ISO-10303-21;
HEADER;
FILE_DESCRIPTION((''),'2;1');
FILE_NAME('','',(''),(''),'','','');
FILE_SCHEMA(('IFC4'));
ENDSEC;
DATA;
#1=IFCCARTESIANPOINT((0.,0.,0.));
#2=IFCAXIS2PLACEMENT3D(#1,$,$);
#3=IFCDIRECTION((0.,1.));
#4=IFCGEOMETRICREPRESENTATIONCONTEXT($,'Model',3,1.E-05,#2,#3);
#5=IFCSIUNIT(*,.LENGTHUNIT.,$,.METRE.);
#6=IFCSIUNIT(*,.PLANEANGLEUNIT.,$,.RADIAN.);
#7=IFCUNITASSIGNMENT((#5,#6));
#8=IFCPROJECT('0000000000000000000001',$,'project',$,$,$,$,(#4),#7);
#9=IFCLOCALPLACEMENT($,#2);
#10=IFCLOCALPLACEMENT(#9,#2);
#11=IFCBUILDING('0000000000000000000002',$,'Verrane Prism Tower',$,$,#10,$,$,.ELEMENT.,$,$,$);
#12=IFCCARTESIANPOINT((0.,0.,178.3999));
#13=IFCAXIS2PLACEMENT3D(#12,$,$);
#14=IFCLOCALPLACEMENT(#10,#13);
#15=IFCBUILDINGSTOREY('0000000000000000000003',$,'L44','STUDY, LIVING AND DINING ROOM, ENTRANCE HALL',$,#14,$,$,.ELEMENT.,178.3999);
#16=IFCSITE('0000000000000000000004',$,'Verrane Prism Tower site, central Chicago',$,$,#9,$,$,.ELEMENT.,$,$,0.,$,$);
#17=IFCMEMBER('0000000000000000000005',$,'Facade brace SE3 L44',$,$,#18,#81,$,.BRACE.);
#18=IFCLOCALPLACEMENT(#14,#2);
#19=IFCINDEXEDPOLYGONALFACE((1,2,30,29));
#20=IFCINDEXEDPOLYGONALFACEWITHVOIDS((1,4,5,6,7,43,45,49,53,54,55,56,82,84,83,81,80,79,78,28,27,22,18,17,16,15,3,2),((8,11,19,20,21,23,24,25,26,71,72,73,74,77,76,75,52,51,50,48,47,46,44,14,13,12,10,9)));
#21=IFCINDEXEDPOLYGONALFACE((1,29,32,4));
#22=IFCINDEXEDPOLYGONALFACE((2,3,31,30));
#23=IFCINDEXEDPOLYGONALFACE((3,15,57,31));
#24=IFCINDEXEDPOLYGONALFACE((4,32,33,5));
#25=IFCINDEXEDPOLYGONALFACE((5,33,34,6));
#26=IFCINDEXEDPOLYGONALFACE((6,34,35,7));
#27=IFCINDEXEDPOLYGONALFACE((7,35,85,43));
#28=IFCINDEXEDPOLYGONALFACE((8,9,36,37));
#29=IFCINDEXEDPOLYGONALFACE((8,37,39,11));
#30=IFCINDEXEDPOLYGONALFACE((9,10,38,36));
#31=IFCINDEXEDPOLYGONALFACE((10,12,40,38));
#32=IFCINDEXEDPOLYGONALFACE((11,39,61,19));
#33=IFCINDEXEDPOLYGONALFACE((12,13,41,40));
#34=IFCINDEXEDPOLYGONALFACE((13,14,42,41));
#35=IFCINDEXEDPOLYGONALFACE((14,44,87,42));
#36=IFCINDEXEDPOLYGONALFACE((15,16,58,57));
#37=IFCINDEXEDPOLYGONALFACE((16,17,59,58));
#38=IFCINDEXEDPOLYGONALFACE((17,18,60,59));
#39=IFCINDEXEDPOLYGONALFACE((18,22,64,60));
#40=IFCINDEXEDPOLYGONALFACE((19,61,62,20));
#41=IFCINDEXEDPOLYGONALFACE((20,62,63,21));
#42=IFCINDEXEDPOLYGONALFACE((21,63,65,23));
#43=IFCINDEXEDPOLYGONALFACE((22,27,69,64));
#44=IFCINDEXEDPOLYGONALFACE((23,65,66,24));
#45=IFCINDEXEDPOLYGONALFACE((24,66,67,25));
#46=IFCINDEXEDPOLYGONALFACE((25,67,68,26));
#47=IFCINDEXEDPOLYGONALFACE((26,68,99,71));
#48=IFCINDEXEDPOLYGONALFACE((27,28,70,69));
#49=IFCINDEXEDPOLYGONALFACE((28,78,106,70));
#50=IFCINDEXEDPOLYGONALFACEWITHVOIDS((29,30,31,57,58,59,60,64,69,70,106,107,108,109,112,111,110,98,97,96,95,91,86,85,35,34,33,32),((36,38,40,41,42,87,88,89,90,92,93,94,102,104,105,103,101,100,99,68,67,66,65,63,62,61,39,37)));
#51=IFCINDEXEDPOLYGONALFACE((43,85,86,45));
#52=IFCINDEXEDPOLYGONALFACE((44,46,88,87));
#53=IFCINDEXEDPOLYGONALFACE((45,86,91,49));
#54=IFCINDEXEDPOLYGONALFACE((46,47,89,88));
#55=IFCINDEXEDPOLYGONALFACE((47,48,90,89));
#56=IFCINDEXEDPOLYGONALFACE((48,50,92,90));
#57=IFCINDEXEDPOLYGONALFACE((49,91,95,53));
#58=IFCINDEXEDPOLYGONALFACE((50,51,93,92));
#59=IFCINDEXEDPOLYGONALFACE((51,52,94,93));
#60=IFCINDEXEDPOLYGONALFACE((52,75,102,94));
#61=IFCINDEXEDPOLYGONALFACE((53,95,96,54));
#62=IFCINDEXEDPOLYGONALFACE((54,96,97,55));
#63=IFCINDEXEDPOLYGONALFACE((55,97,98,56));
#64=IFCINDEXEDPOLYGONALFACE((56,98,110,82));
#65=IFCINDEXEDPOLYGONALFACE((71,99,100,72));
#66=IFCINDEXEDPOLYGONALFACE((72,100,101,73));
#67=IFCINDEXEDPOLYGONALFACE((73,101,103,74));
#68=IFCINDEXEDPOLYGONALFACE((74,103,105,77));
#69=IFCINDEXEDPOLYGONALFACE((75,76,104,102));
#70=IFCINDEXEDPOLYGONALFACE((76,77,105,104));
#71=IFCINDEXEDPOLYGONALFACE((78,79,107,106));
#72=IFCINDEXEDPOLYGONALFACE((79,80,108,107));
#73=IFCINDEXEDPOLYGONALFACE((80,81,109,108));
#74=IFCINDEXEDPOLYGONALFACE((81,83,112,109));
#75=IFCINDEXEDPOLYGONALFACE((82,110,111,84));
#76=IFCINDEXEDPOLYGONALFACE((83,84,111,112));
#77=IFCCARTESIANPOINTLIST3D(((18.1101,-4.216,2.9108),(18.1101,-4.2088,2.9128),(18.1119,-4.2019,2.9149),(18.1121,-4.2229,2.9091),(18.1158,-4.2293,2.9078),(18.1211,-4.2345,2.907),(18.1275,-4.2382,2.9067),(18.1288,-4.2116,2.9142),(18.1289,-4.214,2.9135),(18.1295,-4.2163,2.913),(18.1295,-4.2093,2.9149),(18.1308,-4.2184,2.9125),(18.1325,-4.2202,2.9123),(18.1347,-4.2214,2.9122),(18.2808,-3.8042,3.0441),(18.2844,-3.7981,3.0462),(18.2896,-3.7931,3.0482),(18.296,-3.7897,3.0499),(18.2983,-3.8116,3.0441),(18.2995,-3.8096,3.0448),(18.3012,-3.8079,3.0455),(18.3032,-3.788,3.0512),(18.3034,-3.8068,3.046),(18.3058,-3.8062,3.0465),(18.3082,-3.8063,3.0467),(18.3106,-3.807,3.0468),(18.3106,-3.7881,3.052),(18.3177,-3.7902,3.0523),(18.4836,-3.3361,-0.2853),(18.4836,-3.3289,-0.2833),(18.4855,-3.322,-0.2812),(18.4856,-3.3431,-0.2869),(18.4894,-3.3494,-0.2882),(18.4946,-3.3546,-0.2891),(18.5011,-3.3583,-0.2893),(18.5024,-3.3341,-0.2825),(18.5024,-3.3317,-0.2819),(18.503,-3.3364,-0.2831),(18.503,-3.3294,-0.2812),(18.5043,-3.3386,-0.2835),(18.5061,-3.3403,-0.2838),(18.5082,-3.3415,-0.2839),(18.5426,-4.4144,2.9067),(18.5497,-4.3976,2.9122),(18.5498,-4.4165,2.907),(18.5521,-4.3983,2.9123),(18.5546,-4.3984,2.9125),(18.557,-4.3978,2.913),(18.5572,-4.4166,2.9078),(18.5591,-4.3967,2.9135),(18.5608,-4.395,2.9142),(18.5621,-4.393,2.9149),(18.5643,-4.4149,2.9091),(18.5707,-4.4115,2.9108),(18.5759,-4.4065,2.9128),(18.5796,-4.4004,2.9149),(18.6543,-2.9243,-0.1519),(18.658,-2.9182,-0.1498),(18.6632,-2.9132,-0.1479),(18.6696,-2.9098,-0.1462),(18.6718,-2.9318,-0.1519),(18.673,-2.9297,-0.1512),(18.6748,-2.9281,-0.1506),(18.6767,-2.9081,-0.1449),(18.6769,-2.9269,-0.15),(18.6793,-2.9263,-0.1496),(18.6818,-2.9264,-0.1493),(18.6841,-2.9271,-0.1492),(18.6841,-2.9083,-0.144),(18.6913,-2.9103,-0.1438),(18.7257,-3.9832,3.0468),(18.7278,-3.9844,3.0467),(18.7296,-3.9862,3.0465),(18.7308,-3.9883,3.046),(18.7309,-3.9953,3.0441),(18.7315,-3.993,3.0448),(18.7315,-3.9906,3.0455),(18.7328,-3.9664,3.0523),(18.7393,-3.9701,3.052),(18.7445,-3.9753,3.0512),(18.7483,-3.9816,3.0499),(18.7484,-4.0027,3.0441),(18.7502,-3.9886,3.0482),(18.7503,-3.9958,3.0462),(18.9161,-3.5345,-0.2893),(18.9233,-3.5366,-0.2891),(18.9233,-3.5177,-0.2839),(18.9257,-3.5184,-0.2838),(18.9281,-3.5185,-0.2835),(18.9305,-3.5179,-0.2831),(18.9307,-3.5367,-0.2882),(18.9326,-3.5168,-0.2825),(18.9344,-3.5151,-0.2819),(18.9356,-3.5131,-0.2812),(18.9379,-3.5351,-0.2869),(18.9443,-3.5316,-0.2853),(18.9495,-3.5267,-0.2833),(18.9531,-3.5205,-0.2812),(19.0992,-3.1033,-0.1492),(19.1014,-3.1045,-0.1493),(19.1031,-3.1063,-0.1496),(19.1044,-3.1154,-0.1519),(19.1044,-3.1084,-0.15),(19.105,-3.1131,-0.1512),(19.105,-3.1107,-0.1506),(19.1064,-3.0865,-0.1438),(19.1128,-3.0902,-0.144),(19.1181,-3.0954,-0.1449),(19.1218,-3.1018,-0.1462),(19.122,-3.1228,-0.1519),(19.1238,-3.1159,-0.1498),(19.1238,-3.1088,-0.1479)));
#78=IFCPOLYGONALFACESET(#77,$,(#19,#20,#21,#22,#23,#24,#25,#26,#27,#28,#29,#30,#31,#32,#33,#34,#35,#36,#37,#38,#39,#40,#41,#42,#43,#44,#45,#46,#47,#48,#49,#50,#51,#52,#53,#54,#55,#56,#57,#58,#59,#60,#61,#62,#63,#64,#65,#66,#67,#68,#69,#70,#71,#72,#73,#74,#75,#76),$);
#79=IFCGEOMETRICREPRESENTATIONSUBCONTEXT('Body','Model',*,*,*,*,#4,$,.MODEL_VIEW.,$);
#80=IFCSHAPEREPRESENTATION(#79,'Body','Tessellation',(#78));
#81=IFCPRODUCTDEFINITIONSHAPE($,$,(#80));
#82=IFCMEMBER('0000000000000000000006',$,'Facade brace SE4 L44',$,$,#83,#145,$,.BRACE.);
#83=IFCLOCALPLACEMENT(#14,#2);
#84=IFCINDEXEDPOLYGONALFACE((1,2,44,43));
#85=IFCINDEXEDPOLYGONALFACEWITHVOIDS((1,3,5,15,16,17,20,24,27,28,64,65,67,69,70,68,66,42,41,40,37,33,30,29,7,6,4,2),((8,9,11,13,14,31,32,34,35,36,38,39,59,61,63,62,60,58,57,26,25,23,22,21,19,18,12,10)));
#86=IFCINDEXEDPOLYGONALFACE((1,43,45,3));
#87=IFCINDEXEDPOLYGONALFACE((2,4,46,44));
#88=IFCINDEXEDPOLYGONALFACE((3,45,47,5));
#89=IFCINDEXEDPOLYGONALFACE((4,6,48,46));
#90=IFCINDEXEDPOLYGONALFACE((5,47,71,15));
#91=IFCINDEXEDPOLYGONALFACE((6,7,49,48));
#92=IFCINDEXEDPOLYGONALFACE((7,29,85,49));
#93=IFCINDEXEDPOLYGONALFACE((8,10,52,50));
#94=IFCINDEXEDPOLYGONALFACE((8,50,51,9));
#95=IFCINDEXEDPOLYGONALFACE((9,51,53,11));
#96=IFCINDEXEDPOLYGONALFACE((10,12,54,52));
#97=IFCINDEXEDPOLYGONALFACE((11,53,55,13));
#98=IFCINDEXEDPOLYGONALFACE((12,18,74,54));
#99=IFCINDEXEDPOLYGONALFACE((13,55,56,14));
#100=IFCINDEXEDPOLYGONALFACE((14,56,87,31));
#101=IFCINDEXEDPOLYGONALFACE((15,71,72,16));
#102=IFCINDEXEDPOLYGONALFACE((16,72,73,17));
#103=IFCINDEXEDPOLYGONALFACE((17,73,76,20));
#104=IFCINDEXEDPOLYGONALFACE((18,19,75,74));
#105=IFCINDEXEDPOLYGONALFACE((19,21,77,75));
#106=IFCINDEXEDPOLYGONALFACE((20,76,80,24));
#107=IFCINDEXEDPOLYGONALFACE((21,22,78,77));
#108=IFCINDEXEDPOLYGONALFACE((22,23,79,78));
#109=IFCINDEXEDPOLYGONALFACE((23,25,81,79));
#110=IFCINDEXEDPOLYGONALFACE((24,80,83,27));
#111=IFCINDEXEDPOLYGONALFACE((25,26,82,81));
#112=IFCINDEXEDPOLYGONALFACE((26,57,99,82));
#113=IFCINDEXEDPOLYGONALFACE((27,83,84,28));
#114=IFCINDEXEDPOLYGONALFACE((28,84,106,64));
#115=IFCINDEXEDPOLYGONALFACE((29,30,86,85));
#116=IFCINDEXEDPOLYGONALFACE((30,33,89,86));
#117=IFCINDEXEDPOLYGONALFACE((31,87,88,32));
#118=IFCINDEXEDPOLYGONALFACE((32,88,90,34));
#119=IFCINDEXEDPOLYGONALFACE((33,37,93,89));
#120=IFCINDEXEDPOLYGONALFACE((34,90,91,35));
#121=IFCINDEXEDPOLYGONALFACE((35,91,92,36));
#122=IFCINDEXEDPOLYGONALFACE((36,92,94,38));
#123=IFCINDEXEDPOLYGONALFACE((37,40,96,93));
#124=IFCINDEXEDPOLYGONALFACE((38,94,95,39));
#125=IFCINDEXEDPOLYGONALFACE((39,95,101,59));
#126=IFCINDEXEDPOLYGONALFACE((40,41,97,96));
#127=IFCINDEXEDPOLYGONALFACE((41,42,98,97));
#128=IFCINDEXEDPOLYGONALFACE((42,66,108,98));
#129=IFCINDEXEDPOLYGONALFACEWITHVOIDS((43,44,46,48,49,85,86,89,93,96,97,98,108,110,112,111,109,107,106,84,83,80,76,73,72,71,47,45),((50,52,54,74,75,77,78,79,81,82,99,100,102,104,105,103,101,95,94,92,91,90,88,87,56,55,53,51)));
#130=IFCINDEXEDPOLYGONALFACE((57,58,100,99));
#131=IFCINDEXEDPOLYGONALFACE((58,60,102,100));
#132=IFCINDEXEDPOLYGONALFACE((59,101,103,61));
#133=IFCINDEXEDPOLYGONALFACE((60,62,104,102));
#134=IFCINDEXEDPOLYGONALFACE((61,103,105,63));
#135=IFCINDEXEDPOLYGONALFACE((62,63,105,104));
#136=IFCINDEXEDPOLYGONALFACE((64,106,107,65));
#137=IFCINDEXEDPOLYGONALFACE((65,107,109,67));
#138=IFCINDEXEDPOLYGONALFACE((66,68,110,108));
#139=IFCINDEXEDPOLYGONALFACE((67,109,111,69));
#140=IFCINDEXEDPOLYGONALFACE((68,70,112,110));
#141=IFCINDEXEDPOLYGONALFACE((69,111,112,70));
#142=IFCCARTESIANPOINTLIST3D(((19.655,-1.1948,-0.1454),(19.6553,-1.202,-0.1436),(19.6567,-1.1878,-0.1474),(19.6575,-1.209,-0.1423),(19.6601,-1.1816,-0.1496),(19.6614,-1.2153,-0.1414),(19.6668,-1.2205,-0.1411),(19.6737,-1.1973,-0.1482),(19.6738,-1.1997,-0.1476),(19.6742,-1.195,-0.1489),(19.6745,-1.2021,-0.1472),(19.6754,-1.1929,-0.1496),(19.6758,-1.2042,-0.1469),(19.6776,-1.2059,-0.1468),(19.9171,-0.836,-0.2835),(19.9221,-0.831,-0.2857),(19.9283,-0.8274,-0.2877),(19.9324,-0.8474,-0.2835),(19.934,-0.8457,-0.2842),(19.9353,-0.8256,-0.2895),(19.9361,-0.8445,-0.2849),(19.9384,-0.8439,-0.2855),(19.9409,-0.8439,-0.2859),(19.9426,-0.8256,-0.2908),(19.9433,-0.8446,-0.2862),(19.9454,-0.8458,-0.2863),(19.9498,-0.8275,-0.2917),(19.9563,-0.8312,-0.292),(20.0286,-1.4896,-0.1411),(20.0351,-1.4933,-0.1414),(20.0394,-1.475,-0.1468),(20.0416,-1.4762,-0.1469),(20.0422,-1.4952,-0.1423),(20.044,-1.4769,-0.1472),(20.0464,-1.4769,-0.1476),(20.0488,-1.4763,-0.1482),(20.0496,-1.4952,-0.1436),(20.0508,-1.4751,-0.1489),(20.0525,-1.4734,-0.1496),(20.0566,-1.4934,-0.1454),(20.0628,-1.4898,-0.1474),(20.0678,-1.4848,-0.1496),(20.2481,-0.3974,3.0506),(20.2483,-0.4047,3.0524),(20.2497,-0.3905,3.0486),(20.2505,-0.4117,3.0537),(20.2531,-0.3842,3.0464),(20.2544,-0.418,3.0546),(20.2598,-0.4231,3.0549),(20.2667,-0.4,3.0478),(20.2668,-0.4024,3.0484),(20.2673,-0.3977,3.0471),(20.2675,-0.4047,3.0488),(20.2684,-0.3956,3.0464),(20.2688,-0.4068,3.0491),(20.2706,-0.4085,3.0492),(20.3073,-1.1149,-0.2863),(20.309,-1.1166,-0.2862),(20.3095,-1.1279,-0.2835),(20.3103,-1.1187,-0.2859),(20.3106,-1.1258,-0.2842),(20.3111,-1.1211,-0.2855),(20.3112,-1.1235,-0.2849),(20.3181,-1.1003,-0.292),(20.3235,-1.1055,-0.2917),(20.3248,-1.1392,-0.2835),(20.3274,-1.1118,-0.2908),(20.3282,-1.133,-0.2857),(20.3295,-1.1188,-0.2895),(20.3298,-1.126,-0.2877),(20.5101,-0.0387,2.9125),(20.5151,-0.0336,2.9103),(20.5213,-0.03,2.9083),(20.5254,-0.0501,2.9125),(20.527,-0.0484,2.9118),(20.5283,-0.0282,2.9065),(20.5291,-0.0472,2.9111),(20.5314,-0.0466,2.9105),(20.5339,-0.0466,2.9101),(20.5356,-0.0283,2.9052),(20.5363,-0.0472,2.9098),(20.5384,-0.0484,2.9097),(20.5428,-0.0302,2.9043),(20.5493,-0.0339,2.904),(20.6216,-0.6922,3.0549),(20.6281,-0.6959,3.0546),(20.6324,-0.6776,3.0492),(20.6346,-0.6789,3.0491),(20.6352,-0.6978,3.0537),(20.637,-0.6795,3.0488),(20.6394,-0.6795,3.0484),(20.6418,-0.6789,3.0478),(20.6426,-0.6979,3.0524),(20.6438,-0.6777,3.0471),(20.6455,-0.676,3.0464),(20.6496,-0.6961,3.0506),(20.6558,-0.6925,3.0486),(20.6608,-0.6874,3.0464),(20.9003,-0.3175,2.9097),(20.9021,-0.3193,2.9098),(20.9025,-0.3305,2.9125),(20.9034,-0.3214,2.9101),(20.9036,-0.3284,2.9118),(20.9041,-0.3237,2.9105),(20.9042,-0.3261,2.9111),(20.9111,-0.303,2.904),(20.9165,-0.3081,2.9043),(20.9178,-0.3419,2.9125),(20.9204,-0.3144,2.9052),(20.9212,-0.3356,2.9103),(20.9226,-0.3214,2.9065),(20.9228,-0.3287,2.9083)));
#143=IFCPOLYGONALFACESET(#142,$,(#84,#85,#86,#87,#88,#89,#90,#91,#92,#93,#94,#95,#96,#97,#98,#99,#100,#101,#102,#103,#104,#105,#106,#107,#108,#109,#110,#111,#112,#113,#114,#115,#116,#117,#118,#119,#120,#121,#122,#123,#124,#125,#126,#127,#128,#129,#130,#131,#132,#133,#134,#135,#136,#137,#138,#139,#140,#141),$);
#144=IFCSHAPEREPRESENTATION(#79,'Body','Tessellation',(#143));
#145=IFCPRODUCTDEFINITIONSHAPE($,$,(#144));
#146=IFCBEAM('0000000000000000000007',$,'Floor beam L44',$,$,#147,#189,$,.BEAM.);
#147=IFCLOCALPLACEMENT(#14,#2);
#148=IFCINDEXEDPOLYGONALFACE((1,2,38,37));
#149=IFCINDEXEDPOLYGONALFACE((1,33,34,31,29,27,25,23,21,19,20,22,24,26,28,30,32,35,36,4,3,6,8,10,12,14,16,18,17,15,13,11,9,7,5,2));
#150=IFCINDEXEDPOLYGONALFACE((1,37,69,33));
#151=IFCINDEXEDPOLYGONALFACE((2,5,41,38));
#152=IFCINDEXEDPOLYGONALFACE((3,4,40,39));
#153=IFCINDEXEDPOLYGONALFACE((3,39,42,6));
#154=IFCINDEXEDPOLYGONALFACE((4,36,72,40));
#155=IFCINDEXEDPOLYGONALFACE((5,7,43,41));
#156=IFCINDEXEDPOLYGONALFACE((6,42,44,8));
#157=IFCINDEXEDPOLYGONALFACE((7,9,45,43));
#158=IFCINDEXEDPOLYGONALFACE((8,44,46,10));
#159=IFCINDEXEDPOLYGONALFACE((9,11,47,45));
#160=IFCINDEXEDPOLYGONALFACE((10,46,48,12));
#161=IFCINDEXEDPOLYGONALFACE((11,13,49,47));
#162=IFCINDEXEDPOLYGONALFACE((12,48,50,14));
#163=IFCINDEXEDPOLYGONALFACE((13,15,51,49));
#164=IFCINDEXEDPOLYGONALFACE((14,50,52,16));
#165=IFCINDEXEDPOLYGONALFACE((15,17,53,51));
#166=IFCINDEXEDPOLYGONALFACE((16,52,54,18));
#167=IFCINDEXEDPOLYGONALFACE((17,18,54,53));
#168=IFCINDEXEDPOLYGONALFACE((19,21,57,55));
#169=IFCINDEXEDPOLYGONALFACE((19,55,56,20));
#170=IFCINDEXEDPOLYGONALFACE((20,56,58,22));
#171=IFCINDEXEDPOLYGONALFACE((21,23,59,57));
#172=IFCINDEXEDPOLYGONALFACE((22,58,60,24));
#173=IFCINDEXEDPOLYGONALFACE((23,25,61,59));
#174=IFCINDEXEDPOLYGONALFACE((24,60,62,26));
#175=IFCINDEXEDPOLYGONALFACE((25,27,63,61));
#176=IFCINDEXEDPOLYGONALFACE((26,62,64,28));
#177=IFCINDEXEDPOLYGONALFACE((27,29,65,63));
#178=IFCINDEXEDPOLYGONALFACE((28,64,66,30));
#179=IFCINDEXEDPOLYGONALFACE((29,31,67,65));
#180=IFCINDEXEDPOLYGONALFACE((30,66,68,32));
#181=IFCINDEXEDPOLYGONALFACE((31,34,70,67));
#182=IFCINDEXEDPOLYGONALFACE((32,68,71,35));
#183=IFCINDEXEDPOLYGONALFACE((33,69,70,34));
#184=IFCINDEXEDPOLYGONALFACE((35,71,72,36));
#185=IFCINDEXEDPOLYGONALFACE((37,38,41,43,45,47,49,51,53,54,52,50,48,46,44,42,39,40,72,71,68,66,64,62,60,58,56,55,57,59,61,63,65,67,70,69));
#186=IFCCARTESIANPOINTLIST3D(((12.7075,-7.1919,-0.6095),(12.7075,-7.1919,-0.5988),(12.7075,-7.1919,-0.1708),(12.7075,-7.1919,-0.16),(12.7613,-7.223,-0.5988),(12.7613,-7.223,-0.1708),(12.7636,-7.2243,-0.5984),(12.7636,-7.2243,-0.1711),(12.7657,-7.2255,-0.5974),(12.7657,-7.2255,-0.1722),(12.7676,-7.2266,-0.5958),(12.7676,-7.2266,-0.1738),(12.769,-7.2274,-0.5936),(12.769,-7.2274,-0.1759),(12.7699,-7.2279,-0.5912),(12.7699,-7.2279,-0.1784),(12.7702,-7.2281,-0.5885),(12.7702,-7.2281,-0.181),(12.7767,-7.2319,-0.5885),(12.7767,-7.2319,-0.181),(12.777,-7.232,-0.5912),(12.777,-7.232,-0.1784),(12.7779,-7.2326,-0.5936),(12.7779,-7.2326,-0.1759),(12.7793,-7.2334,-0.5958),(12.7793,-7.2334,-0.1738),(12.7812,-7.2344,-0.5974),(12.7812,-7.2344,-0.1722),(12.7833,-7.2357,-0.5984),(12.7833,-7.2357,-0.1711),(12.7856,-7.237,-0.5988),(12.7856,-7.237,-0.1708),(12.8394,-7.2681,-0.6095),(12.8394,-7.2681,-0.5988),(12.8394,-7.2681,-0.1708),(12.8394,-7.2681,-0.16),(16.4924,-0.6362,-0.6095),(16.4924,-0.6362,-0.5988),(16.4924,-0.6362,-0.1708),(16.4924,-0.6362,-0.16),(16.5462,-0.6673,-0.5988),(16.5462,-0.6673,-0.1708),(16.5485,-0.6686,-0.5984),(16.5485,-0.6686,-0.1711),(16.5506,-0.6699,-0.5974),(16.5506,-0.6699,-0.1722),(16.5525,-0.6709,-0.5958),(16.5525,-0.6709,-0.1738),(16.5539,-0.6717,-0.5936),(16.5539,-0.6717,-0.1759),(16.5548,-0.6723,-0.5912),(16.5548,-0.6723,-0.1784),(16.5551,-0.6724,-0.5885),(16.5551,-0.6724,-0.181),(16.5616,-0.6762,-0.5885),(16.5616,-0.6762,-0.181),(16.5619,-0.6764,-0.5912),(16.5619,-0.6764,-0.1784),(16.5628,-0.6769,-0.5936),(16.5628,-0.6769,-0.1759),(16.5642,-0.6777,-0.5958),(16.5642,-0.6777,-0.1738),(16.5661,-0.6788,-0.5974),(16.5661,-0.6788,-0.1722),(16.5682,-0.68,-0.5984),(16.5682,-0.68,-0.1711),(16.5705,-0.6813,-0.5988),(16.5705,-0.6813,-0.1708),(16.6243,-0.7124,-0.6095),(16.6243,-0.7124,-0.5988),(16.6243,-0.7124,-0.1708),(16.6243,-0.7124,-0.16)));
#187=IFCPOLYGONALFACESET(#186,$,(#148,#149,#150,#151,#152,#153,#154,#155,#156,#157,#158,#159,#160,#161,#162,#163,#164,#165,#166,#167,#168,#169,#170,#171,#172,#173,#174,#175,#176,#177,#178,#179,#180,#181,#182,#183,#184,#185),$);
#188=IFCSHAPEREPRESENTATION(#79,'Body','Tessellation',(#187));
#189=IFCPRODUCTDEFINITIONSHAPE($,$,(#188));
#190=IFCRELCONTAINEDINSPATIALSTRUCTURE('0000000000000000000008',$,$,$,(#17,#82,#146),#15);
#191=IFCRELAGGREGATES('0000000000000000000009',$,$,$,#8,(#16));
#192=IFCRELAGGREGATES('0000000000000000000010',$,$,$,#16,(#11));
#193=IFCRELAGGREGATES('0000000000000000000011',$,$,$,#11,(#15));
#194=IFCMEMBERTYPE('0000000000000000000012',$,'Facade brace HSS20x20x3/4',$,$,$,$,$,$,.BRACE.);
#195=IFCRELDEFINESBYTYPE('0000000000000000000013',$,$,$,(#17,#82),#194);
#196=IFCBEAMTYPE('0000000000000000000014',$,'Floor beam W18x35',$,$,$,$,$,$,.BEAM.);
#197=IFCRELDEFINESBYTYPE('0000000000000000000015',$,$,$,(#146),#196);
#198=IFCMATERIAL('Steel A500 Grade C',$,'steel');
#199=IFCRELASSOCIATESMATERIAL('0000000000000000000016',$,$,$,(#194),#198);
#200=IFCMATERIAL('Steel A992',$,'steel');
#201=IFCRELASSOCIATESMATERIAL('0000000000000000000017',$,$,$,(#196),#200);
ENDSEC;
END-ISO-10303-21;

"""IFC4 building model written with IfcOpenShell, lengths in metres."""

from ifc_helpers import new_model, si_unit, direction, frame, origin, origin_2d, place, context, subcontext, project, spatial, hollow_rectangle, i_section, extrude, material, material_profile, profile_set, type_object, element, save


model = new_model("IFC4")

# Units and contexts
model_context = context("Model", 3, precision=1e-05, world=origin(), true_north=direction((0.0, 1.0)))
body_context = subcontext(model_context, "Body", "Model", "MODEL_VIEW")
ifc_project = project(units=[si_unit("LENGTHUNIT", "METRE"), si_unit("PLANEANGLEUNIT", "RADIAN")], contexts=[model_context])

# Site, building, storey
site_placement = place(None, origin())
site = spatial("IfcSite", under=ifc_project, at=site_placement, Name="Verrane Prism Tower site, central Chicago", CompositionType="ELEMENT", RefElevation=0.0)
building_placement = place(site_placement, origin())
building = spatial("IfcBuilding", under=site, at=building_placement, Name="Verrane Prism Tower", CompositionType="ELEMENT")
storey_placement = place(building_placement, frame((0.0, 0.0, 178.3999)))
storey = spatial("IfcBuildingStorey", under=building, at=storey_placement, Name="L44", Description="STUDY, LIVING AND DINING ROOM, ENTRANCE HALL", CompositionType="ELEMENT", Elevation=178.3999)

# Members
ifc_material_1 = material(Name="Steel A500 Grade C", Category="steel")
ifc_material_profile_1 = material_profile(ifc_material_1, hollow_rectangle(XDim=0.5081, YDim=0.5081, WallThickness=0.019, InnerFilletRadius=0.0095, OuterFilletRadius=0.0286, at=origin_2d()), Name="HSS20x20x3/4")
ifc_profile_set_1 = profile_set([ifc_material_profile_1], Name="Steel A500 Grade C")
member_type_1 = type_object("IfcMemberType", Name="Facade brace HSS20x20x3/4", PredefinedType="BRACE", material=ifc_profile_set_1)
member_1_placement = place(storey_placement, frame((18.8037, -3.2224, -0.2166), z_axis=(-0.111973, -0.263759, 0.958067), x_axis=(0.920487, -0.390773, 0.0)))
element("IfcMember", 1, at=member_1_placement, inside=storey, type_object=member_type_1, Name="Facade brace SE3 L44", PredefinedType="BRACE", context=body_context, shape_type="SweptSolid", body=[
    extrude(hollow_rectangle(XDim=0.5081, YDim=0.5081, WallThickness=0.019, InnerFilletRadius=0.0095, OuterFilletRadius=0.0286, at=origin_2d()), origin(), (0.0, 0.0, 1.0), 3.3359),
])
member_2_placement = place(storey_placement, frame((19.9924, -1.1604, -0.2166), z_axis=(0.177181, 0.238235, 0.954909), x_axis=(-0.802411, 0.596772, 0.0)))
element("IfcMember", 2, at=member_2_placement, inside=storey, type_object=member_type_1, Name="Facade brace SE4 L44", PredefinedType="BRACE", context=body_context, shape_type="SweptSolid", body=[
    extrude(hollow_rectangle(XDim=0.5081, YDim=0.5081, WallThickness=0.019, InnerFilletRadius=0.0095, OuterFilletRadius=0.0286, at=origin_2d()), origin(), (0.0, 0.0, 1.0), 3.3469),
])

# Beam
ifc_material_2 = material(Name="Steel A992", Category="steel")
ifc_material_profile_2 = material_profile(ifc_material_2, i_section(OverallWidth=0.1523, OverallDepth=0.4495, WebThickness=0.0076, FlangeThickness=0.0107, FilletRadius=0.0103, at=origin_2d()), Name="W18x35")
ifc_profile_set_2 = profile_set([ifc_material_profile_2], Name="Steel A992")
beam_type_1 = type_object("IfcBeamType", Name="Floor beam W18x35", PredefinedType="BEAM", material=ifc_profile_set_2)
beam_1_placement = place(storey_placement, frame((12.7734, -7.23, -0.3848), z_axis=(0.5, 0.866026, 0.0), x_axis=(-0.866026, 0.5, 0.0)))
element("IfcBeam", 3, at=beam_1_placement, inside=storey, type_object=beam_type_1, Name="Floor beam L44", PredefinedType="BEAM", context=body_context, shape_type="SweptSolid", body=[
    extrude(i_section(OverallWidth=0.1523, OverallDepth=0.4495, WebThickness=0.0076, FlangeThickness=0.0107, FilletRadius=0.0103, at=origin_2d()), origin(), (0.0, 0.0, 1.0), 7.5698),
])

save(model, "model.ifc")
